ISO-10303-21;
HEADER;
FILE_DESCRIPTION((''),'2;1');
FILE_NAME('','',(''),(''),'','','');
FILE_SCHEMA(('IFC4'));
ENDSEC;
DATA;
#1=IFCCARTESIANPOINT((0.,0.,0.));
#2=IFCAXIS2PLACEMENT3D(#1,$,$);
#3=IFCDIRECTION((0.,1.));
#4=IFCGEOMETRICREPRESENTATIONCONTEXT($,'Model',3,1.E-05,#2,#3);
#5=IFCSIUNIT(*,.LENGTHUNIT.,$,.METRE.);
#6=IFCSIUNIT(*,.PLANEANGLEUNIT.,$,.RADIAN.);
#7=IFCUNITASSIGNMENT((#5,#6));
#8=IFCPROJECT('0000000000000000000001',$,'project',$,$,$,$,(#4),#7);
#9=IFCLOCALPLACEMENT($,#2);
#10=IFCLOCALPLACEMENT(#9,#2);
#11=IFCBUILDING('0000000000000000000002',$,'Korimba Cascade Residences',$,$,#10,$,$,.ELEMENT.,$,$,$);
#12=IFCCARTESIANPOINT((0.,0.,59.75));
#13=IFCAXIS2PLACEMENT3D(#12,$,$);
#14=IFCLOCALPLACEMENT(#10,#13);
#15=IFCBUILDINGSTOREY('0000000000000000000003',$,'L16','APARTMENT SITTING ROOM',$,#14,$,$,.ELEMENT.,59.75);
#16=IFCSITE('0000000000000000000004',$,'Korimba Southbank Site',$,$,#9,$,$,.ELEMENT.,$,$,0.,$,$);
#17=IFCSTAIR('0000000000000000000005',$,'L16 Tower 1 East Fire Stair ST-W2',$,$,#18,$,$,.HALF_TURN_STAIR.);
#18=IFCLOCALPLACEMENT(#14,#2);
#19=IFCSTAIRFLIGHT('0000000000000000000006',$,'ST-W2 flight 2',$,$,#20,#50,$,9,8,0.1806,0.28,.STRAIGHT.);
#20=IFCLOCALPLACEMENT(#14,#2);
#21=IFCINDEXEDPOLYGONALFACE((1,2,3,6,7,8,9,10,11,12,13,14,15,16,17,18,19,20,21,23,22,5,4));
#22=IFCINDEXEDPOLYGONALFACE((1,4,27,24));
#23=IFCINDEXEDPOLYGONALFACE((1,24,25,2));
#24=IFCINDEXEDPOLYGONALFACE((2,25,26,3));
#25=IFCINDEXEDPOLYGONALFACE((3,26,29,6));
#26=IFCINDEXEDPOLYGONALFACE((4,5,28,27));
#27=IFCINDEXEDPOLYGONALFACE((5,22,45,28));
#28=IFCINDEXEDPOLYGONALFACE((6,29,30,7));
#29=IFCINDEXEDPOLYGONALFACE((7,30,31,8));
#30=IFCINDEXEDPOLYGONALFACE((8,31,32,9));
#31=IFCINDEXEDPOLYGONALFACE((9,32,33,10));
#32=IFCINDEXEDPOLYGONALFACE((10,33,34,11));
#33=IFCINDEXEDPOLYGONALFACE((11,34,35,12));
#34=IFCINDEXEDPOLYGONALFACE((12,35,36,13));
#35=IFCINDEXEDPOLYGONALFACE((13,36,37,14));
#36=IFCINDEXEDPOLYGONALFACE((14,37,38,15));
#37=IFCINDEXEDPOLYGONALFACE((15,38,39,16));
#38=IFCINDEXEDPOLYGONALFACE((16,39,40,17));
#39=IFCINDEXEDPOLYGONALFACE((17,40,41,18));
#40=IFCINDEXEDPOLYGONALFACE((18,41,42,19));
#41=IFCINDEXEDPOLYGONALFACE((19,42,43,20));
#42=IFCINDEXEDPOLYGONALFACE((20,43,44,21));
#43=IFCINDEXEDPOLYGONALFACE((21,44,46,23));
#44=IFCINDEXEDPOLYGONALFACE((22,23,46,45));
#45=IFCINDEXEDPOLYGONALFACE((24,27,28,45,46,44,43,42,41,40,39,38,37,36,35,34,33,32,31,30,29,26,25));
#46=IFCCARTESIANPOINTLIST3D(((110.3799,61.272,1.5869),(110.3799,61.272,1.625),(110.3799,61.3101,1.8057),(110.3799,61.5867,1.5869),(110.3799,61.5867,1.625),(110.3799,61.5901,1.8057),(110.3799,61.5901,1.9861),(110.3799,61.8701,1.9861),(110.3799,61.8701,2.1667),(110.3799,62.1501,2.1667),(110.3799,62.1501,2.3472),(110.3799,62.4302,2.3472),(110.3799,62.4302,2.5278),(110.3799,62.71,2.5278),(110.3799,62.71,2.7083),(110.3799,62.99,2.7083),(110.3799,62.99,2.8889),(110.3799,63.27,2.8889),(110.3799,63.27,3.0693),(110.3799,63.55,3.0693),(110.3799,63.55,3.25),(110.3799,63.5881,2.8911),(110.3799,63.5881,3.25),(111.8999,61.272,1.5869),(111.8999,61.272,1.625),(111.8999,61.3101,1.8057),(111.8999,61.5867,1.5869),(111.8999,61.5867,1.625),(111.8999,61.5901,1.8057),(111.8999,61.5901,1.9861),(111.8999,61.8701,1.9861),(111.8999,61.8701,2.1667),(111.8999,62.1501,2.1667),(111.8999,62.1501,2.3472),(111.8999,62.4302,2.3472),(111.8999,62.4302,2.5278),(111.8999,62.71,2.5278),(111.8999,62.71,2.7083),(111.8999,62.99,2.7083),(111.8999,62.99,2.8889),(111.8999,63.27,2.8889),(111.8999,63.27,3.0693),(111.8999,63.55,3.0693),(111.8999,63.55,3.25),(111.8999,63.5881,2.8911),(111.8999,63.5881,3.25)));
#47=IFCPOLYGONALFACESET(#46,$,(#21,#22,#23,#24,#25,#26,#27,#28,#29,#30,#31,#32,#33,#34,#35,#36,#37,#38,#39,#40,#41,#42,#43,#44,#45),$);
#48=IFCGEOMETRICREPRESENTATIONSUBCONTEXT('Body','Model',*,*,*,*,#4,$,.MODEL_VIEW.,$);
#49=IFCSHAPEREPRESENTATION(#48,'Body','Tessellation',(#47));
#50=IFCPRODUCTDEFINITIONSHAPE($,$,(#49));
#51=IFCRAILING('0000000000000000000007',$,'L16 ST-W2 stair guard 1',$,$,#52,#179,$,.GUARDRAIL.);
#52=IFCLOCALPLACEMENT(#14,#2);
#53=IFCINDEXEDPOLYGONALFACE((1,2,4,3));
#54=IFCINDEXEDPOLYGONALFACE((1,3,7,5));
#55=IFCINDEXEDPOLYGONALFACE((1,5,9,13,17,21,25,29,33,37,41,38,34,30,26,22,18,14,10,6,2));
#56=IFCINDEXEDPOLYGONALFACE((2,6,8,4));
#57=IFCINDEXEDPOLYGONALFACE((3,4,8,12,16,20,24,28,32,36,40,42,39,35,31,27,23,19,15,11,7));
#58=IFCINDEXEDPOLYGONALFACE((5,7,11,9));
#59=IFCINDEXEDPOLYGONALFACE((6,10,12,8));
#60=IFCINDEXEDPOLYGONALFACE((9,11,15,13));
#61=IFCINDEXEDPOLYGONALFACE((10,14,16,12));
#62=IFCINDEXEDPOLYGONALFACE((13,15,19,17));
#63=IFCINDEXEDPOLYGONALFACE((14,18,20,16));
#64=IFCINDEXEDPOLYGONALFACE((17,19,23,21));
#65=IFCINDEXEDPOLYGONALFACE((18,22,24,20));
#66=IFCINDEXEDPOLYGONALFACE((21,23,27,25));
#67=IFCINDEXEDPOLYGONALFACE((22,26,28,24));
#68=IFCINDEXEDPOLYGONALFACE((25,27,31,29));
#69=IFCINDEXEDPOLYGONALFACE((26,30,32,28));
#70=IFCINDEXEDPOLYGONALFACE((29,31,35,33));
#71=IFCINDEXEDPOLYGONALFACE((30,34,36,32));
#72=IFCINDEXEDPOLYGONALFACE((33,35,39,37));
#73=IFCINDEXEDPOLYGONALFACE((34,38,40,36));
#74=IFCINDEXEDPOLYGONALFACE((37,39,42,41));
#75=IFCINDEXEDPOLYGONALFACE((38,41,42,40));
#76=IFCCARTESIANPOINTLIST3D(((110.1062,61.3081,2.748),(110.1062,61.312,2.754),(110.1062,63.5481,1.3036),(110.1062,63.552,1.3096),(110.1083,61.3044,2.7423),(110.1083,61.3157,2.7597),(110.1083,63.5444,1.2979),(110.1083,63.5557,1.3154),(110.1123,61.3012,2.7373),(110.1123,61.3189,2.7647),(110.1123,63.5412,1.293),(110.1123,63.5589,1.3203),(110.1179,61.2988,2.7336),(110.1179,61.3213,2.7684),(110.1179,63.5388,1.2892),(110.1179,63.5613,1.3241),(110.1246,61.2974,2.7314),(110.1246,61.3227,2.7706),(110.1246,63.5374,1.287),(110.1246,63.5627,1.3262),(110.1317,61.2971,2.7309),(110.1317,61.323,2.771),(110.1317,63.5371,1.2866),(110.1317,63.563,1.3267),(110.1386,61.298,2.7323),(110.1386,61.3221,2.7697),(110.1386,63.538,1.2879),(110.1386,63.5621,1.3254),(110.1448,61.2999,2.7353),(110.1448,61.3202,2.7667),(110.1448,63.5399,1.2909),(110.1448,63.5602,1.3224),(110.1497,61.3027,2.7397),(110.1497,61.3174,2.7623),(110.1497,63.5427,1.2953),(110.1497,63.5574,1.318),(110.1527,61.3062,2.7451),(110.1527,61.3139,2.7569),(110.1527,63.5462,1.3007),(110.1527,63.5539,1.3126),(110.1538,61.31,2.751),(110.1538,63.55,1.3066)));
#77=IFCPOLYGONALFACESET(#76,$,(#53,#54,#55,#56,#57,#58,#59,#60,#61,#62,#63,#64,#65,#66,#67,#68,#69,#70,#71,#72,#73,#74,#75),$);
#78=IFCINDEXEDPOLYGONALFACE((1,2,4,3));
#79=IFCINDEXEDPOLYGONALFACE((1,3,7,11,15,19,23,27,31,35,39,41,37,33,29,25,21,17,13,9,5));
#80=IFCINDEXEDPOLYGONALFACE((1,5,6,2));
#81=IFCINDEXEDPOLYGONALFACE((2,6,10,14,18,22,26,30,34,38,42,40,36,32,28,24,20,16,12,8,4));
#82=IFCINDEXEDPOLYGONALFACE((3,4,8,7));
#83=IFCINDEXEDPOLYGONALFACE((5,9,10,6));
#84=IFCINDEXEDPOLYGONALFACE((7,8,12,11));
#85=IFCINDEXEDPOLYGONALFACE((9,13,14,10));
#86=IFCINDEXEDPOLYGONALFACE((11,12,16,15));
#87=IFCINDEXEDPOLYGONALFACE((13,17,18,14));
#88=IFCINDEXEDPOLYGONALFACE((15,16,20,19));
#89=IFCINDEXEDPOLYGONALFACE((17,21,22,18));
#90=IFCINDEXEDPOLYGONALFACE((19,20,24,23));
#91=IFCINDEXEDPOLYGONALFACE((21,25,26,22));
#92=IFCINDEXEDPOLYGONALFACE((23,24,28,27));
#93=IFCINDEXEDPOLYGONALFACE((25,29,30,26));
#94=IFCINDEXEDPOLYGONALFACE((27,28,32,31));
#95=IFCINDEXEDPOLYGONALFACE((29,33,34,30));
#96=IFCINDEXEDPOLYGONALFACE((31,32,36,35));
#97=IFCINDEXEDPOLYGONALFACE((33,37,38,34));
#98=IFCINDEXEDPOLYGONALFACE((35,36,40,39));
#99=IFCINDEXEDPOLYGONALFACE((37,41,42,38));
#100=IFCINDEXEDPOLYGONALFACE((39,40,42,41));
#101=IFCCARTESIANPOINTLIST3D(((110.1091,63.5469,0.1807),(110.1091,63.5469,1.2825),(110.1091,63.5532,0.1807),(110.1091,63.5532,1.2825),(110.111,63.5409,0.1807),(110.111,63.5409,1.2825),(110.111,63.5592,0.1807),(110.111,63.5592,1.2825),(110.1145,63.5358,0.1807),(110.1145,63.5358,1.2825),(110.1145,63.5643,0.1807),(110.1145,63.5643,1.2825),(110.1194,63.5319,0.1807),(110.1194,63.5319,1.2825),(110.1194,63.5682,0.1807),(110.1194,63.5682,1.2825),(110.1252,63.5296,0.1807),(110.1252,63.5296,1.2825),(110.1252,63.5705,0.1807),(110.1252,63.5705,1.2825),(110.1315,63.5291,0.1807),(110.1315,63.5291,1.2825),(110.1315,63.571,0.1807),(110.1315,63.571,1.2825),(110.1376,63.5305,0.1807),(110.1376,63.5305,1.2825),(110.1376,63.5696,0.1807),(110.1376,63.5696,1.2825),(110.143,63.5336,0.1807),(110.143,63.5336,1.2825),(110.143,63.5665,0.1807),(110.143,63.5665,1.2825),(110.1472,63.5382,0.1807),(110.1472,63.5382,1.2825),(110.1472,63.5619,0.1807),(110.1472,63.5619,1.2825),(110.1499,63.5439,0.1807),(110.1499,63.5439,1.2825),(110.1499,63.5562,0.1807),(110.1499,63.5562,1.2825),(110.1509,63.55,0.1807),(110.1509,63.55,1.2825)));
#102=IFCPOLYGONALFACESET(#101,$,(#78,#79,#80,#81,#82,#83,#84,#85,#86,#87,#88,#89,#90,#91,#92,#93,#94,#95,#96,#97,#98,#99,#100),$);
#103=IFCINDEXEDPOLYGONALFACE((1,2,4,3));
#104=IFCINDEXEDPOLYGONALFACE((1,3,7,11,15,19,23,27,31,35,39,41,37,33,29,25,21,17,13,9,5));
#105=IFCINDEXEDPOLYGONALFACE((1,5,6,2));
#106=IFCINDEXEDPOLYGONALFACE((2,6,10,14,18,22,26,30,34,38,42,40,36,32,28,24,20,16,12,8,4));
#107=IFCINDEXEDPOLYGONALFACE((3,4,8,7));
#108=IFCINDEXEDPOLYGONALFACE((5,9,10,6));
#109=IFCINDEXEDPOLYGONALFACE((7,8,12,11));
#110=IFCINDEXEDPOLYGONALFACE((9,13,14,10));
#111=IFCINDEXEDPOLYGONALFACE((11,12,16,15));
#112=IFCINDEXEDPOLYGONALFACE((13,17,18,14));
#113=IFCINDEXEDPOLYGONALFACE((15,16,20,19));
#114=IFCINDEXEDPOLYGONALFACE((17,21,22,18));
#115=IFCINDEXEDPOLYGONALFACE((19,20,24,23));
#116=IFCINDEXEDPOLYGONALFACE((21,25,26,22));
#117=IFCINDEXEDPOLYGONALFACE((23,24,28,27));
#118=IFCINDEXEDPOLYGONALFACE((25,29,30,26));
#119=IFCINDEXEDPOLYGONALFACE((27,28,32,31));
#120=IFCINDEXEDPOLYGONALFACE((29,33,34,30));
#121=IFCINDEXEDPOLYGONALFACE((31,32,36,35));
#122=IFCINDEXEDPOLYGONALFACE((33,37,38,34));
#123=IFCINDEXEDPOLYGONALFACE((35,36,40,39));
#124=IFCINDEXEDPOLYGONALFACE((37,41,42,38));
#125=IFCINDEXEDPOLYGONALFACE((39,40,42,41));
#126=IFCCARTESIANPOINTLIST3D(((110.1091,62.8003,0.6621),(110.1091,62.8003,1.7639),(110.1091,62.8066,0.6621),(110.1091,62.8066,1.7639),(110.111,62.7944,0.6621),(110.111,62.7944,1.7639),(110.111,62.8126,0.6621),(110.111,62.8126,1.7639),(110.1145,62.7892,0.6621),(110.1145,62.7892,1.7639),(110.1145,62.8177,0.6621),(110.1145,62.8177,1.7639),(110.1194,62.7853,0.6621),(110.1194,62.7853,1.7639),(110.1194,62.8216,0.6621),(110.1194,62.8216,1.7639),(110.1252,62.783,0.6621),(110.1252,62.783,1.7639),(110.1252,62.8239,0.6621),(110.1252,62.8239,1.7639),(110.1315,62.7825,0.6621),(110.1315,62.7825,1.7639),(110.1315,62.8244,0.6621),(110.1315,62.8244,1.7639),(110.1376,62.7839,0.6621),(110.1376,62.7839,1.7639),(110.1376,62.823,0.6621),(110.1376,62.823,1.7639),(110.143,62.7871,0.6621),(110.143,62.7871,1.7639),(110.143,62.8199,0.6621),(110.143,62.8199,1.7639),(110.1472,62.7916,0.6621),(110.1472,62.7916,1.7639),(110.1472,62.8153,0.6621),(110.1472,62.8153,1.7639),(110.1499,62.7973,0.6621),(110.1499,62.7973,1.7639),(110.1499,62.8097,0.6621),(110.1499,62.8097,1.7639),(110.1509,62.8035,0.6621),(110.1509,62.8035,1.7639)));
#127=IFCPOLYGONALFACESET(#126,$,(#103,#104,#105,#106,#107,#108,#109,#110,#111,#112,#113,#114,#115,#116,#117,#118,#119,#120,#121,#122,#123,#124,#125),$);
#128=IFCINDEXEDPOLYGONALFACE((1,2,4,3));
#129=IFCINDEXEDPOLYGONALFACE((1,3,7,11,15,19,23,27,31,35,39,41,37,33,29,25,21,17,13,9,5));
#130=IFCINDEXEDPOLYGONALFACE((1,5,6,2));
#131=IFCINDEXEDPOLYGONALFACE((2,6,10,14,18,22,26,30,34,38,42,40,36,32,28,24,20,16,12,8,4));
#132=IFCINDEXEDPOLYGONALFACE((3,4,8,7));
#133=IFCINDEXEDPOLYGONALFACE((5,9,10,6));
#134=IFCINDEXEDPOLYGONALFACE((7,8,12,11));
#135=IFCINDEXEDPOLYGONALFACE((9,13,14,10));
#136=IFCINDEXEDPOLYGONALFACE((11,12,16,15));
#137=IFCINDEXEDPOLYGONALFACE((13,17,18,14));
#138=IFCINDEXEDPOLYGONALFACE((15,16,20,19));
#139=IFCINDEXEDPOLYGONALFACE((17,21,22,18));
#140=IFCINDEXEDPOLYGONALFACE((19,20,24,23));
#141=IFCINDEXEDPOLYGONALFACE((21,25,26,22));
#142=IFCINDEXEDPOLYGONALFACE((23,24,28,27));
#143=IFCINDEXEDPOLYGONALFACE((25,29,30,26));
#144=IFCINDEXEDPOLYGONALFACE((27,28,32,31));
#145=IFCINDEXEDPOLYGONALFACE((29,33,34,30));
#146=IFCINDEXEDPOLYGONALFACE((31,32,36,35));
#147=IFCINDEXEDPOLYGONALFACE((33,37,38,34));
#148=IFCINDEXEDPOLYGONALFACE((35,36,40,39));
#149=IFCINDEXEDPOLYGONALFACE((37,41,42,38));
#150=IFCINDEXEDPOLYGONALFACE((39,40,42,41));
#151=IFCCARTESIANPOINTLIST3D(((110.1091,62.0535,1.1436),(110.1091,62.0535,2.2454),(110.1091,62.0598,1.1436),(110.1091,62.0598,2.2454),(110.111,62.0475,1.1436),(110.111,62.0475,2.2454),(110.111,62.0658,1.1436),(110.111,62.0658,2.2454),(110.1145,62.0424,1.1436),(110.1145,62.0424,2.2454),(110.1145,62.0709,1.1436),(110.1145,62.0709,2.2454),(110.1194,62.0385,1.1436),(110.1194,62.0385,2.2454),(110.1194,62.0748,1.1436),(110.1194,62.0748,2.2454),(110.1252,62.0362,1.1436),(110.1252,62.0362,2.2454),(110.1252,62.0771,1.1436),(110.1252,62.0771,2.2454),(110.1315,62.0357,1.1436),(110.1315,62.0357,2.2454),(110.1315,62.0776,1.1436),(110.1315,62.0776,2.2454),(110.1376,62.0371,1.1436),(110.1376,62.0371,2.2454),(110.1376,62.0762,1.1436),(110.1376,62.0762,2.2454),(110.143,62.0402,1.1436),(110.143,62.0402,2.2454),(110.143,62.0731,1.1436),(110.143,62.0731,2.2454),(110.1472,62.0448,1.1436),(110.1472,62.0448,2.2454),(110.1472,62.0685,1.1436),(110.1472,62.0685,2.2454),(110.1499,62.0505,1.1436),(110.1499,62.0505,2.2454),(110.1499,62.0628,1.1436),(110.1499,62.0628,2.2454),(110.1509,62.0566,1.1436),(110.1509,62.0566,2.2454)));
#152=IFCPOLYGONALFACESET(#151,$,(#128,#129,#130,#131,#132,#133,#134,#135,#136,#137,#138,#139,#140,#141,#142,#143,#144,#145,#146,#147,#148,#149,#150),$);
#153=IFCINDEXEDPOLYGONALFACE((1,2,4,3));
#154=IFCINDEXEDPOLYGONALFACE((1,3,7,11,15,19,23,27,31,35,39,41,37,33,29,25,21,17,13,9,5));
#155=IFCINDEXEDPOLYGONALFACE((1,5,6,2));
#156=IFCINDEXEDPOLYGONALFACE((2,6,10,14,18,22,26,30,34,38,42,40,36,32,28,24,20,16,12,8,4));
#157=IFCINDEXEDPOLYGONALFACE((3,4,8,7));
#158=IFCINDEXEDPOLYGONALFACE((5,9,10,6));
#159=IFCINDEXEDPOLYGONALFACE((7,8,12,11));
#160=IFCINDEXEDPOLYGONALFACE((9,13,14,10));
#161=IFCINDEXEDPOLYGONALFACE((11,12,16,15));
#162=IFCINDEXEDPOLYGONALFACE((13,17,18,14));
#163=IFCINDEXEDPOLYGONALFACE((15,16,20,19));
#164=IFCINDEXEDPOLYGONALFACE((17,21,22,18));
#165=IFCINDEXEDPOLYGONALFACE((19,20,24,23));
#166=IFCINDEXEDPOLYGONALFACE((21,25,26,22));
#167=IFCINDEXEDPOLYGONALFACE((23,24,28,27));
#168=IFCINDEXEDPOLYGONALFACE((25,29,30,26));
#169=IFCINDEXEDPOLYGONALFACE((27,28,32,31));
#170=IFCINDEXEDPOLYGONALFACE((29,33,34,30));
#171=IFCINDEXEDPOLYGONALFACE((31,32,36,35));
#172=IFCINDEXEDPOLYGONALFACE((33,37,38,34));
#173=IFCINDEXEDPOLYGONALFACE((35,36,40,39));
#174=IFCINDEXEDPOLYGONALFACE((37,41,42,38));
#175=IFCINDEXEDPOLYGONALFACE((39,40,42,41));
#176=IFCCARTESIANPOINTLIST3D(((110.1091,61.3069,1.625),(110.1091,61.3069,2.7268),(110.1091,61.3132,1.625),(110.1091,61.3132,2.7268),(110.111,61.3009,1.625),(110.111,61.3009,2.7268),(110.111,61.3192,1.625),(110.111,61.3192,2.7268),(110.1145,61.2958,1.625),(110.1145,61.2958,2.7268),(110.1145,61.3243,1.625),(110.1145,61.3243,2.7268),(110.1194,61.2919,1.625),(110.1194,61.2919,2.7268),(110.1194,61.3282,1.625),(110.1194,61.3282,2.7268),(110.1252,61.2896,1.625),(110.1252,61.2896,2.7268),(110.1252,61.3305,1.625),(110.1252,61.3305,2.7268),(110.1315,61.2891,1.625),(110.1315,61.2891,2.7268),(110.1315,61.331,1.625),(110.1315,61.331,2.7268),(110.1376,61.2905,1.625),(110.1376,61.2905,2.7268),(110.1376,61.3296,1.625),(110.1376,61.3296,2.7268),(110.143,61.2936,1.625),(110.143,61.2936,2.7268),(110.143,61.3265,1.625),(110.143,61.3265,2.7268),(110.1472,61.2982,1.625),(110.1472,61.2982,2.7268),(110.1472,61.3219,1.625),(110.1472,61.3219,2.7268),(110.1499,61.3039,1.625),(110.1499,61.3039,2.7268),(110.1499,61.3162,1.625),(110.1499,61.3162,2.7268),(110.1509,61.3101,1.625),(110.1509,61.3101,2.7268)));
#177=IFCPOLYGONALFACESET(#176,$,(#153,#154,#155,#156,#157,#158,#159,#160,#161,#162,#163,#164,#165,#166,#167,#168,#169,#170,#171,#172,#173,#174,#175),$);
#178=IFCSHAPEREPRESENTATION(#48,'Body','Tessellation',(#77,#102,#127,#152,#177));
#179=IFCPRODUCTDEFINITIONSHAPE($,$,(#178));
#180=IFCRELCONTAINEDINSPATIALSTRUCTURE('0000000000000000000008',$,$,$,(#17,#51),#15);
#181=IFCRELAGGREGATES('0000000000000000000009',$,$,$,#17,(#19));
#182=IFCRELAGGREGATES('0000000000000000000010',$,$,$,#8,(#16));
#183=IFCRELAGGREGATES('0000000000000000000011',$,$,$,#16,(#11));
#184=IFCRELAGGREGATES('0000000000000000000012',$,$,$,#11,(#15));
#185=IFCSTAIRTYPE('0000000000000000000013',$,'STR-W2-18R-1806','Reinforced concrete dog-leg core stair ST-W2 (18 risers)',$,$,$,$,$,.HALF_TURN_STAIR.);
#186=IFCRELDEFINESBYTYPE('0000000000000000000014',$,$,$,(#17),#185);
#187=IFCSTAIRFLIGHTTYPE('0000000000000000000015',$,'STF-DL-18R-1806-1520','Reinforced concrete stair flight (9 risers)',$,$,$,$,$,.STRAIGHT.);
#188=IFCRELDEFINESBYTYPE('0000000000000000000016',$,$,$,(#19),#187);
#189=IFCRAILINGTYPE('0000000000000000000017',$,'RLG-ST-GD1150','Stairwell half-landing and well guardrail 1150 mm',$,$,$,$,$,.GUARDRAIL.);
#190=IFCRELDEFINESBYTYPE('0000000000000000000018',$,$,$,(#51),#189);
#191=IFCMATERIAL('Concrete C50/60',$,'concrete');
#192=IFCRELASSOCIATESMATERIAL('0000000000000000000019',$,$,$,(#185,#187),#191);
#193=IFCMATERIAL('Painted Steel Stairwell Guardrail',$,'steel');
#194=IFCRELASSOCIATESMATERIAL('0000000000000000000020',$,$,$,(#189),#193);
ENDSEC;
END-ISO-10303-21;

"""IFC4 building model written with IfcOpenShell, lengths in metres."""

from ifc_helpers import new_model, si_unit, direction, frame, origin, origin_2d, place, context, subcontext, project, spatial, polyline, circle, outline, extrude, material, type_object, element, aggregate, save


model = new_model("IFC4")

# Units and contexts
model_context = context("Model", 3, precision=1e-05, world=origin(), true_north=direction((0.0, 1.0)))
body_context = subcontext(model_context, "Body", "Model", "MODEL_VIEW")
ifc_project = project(units=[si_unit("LENGTHUNIT", "METRE"), si_unit("PLANEANGLEUNIT", "RADIAN")], contexts=[model_context])

# Site, building, storey
site_placement = place(None, origin())
site = spatial("IfcSite", under=ifc_project, at=site_placement, Name="Korimba Southbank Site", CompositionType="ELEMENT", RefElevation=0.0)
building_placement = place(site_placement, origin())
building = spatial("IfcBuilding", under=site, at=building_placement, Name="Korimba Cascade Residences", CompositionType="ELEMENT")
storey_placement = place(building_placement, frame((0.0, 0.0, 59.75)))
storey = spatial("IfcBuildingStorey", under=building, at=storey_placement, Name="L16", Description="APARTMENT SITTING ROOM", CompositionType="ELEMENT", Elevation=59.75)

# Shared definitions
ifc_material_1 = material(Name="Concrete C50/60", Category="concrete")

# Stair, stair flight
stair_type = type_object("IfcStairType", Name="STR-W2-18R-1806", Description="Reinforced concrete dog-leg core stair ST-W2 (18 risers)", PredefinedType="HALF_TURN_STAIR", material=ifc_material_1)
stair_placement = place(storey_placement, origin())
stair = element("IfcStair", 1, at=stair_placement, inside=storey, type_object=stair_type, Name="L16 Tower 1 East Fire Stair ST-W2", PredefinedType="HALF_TURN_STAIR")
stair_flight_type = type_object("IfcStairFlightType", Name="STF-DL-18R-1806-1520", Description="Reinforced concrete stair flight (9 risers)", PredefinedType="STRAIGHT", material=ifc_material_1)
stair_flight_1_placement = place(storey_placement, frame((111.1399, 61.3101, 1.625), z_axis=(0.0, 0.0, 1.0), x_axis=(0.0, 1.0, 0.0)))
stair_flight_1 = element("IfcStairFlight", 2, at=stair_flight_1_placement, type_object=stair_flight_type, Name="ST-W2 flight 2", NumberOfRisers=9, NumberOfTreads=8, PredefinedType="STRAIGHT", RiserHeight=0.1806, TreadLength=0.28, context=body_context, shape_type="SweptSolid", body=[
    extrude(outline(polyline([(-0.0381, 0.0), (0.0, 0.1807), (0.28, 0.1807), (0.28, 0.3611), (0.5601, 0.3611), (0.5601, 0.5417), (0.8401, 0.5417), (0.8401, 0.7222), (1.1201, 0.7222), (1.1201, 0.9028), (1.3999, 0.9028), (1.3999, 1.0833), (1.6799, 1.0833), (1.6799, 1.2639), (1.96, 1.2639), (1.96, 1.4443), (2.24, 1.4443), (2.24, 1.625), (2.2781, 1.625), (2.2781, 1.2661), (0.2766, 0.0), (0.2766, -0.0381), (-0.0381, -0.0381), (-0.0381, 0.0)])), frame((0.0, 0.76, 0.0), z_axis=(0.0, -1.0, 0.0), x_axis=(1.0, 0.0, 0.0)), (0.0, 0.0, 1.0), 1.52),
])
aggregate(stair, [stair_flight_1])

# Railing
ifc_material_2 = material(Name="Painted Steel Stairwell Guardrail", Category="steel")
railing_type_1 = type_object("IfcRailingType", Name="RLG-ST-GD1150", Description="Stairwell half-landing and well guardrail 1150 mm", PredefinedType="GUARDRAIL", material=ifc_material_2)
railing_1_placement = place(storey_placement, frame((110.1299, 63.55, 0.1807)))
element("IfcRailing", 3, at=railing_1_placement, inside=storey, type_object=railing_type_1, Name="L16 ST-W2 stair guard 1", PredefinedType="GUARDRAIL", context=body_context, shape_type="SweptSolid", body=[
    extrude(circle(Radius=0.0239, at=origin_2d()), frame((0.0, 0.0, 1.126), z_axis=(0.0, -0.840437, 0.54191), x_axis=(1.0, 0.0, 0.0)), (0.0, 0.0, 1.0), 2.6653),
    extrude(circle(Radius=0.021, at=origin_2d()), origin(), (0.0, 0.0, 1.0), 1.1018),
    extrude(circle(Radius=0.021, at=origin_2d()), frame((0.0, -0.7466, 0.4814)), (0.0, 0.0, 1.0), 1.1018),
    extrude(circle(Radius=0.021, at=origin_2d()), frame((0.0, -1.4934, 0.9629)), (0.0, 0.0, 1.0), 1.1018),
    extrude(circle(Radius=0.021, at=origin_2d()), frame((0.0, -2.24, 1.4443)), (0.0, 0.0, 1.0), 1.1018),
])

save(model, "model.ifc")
